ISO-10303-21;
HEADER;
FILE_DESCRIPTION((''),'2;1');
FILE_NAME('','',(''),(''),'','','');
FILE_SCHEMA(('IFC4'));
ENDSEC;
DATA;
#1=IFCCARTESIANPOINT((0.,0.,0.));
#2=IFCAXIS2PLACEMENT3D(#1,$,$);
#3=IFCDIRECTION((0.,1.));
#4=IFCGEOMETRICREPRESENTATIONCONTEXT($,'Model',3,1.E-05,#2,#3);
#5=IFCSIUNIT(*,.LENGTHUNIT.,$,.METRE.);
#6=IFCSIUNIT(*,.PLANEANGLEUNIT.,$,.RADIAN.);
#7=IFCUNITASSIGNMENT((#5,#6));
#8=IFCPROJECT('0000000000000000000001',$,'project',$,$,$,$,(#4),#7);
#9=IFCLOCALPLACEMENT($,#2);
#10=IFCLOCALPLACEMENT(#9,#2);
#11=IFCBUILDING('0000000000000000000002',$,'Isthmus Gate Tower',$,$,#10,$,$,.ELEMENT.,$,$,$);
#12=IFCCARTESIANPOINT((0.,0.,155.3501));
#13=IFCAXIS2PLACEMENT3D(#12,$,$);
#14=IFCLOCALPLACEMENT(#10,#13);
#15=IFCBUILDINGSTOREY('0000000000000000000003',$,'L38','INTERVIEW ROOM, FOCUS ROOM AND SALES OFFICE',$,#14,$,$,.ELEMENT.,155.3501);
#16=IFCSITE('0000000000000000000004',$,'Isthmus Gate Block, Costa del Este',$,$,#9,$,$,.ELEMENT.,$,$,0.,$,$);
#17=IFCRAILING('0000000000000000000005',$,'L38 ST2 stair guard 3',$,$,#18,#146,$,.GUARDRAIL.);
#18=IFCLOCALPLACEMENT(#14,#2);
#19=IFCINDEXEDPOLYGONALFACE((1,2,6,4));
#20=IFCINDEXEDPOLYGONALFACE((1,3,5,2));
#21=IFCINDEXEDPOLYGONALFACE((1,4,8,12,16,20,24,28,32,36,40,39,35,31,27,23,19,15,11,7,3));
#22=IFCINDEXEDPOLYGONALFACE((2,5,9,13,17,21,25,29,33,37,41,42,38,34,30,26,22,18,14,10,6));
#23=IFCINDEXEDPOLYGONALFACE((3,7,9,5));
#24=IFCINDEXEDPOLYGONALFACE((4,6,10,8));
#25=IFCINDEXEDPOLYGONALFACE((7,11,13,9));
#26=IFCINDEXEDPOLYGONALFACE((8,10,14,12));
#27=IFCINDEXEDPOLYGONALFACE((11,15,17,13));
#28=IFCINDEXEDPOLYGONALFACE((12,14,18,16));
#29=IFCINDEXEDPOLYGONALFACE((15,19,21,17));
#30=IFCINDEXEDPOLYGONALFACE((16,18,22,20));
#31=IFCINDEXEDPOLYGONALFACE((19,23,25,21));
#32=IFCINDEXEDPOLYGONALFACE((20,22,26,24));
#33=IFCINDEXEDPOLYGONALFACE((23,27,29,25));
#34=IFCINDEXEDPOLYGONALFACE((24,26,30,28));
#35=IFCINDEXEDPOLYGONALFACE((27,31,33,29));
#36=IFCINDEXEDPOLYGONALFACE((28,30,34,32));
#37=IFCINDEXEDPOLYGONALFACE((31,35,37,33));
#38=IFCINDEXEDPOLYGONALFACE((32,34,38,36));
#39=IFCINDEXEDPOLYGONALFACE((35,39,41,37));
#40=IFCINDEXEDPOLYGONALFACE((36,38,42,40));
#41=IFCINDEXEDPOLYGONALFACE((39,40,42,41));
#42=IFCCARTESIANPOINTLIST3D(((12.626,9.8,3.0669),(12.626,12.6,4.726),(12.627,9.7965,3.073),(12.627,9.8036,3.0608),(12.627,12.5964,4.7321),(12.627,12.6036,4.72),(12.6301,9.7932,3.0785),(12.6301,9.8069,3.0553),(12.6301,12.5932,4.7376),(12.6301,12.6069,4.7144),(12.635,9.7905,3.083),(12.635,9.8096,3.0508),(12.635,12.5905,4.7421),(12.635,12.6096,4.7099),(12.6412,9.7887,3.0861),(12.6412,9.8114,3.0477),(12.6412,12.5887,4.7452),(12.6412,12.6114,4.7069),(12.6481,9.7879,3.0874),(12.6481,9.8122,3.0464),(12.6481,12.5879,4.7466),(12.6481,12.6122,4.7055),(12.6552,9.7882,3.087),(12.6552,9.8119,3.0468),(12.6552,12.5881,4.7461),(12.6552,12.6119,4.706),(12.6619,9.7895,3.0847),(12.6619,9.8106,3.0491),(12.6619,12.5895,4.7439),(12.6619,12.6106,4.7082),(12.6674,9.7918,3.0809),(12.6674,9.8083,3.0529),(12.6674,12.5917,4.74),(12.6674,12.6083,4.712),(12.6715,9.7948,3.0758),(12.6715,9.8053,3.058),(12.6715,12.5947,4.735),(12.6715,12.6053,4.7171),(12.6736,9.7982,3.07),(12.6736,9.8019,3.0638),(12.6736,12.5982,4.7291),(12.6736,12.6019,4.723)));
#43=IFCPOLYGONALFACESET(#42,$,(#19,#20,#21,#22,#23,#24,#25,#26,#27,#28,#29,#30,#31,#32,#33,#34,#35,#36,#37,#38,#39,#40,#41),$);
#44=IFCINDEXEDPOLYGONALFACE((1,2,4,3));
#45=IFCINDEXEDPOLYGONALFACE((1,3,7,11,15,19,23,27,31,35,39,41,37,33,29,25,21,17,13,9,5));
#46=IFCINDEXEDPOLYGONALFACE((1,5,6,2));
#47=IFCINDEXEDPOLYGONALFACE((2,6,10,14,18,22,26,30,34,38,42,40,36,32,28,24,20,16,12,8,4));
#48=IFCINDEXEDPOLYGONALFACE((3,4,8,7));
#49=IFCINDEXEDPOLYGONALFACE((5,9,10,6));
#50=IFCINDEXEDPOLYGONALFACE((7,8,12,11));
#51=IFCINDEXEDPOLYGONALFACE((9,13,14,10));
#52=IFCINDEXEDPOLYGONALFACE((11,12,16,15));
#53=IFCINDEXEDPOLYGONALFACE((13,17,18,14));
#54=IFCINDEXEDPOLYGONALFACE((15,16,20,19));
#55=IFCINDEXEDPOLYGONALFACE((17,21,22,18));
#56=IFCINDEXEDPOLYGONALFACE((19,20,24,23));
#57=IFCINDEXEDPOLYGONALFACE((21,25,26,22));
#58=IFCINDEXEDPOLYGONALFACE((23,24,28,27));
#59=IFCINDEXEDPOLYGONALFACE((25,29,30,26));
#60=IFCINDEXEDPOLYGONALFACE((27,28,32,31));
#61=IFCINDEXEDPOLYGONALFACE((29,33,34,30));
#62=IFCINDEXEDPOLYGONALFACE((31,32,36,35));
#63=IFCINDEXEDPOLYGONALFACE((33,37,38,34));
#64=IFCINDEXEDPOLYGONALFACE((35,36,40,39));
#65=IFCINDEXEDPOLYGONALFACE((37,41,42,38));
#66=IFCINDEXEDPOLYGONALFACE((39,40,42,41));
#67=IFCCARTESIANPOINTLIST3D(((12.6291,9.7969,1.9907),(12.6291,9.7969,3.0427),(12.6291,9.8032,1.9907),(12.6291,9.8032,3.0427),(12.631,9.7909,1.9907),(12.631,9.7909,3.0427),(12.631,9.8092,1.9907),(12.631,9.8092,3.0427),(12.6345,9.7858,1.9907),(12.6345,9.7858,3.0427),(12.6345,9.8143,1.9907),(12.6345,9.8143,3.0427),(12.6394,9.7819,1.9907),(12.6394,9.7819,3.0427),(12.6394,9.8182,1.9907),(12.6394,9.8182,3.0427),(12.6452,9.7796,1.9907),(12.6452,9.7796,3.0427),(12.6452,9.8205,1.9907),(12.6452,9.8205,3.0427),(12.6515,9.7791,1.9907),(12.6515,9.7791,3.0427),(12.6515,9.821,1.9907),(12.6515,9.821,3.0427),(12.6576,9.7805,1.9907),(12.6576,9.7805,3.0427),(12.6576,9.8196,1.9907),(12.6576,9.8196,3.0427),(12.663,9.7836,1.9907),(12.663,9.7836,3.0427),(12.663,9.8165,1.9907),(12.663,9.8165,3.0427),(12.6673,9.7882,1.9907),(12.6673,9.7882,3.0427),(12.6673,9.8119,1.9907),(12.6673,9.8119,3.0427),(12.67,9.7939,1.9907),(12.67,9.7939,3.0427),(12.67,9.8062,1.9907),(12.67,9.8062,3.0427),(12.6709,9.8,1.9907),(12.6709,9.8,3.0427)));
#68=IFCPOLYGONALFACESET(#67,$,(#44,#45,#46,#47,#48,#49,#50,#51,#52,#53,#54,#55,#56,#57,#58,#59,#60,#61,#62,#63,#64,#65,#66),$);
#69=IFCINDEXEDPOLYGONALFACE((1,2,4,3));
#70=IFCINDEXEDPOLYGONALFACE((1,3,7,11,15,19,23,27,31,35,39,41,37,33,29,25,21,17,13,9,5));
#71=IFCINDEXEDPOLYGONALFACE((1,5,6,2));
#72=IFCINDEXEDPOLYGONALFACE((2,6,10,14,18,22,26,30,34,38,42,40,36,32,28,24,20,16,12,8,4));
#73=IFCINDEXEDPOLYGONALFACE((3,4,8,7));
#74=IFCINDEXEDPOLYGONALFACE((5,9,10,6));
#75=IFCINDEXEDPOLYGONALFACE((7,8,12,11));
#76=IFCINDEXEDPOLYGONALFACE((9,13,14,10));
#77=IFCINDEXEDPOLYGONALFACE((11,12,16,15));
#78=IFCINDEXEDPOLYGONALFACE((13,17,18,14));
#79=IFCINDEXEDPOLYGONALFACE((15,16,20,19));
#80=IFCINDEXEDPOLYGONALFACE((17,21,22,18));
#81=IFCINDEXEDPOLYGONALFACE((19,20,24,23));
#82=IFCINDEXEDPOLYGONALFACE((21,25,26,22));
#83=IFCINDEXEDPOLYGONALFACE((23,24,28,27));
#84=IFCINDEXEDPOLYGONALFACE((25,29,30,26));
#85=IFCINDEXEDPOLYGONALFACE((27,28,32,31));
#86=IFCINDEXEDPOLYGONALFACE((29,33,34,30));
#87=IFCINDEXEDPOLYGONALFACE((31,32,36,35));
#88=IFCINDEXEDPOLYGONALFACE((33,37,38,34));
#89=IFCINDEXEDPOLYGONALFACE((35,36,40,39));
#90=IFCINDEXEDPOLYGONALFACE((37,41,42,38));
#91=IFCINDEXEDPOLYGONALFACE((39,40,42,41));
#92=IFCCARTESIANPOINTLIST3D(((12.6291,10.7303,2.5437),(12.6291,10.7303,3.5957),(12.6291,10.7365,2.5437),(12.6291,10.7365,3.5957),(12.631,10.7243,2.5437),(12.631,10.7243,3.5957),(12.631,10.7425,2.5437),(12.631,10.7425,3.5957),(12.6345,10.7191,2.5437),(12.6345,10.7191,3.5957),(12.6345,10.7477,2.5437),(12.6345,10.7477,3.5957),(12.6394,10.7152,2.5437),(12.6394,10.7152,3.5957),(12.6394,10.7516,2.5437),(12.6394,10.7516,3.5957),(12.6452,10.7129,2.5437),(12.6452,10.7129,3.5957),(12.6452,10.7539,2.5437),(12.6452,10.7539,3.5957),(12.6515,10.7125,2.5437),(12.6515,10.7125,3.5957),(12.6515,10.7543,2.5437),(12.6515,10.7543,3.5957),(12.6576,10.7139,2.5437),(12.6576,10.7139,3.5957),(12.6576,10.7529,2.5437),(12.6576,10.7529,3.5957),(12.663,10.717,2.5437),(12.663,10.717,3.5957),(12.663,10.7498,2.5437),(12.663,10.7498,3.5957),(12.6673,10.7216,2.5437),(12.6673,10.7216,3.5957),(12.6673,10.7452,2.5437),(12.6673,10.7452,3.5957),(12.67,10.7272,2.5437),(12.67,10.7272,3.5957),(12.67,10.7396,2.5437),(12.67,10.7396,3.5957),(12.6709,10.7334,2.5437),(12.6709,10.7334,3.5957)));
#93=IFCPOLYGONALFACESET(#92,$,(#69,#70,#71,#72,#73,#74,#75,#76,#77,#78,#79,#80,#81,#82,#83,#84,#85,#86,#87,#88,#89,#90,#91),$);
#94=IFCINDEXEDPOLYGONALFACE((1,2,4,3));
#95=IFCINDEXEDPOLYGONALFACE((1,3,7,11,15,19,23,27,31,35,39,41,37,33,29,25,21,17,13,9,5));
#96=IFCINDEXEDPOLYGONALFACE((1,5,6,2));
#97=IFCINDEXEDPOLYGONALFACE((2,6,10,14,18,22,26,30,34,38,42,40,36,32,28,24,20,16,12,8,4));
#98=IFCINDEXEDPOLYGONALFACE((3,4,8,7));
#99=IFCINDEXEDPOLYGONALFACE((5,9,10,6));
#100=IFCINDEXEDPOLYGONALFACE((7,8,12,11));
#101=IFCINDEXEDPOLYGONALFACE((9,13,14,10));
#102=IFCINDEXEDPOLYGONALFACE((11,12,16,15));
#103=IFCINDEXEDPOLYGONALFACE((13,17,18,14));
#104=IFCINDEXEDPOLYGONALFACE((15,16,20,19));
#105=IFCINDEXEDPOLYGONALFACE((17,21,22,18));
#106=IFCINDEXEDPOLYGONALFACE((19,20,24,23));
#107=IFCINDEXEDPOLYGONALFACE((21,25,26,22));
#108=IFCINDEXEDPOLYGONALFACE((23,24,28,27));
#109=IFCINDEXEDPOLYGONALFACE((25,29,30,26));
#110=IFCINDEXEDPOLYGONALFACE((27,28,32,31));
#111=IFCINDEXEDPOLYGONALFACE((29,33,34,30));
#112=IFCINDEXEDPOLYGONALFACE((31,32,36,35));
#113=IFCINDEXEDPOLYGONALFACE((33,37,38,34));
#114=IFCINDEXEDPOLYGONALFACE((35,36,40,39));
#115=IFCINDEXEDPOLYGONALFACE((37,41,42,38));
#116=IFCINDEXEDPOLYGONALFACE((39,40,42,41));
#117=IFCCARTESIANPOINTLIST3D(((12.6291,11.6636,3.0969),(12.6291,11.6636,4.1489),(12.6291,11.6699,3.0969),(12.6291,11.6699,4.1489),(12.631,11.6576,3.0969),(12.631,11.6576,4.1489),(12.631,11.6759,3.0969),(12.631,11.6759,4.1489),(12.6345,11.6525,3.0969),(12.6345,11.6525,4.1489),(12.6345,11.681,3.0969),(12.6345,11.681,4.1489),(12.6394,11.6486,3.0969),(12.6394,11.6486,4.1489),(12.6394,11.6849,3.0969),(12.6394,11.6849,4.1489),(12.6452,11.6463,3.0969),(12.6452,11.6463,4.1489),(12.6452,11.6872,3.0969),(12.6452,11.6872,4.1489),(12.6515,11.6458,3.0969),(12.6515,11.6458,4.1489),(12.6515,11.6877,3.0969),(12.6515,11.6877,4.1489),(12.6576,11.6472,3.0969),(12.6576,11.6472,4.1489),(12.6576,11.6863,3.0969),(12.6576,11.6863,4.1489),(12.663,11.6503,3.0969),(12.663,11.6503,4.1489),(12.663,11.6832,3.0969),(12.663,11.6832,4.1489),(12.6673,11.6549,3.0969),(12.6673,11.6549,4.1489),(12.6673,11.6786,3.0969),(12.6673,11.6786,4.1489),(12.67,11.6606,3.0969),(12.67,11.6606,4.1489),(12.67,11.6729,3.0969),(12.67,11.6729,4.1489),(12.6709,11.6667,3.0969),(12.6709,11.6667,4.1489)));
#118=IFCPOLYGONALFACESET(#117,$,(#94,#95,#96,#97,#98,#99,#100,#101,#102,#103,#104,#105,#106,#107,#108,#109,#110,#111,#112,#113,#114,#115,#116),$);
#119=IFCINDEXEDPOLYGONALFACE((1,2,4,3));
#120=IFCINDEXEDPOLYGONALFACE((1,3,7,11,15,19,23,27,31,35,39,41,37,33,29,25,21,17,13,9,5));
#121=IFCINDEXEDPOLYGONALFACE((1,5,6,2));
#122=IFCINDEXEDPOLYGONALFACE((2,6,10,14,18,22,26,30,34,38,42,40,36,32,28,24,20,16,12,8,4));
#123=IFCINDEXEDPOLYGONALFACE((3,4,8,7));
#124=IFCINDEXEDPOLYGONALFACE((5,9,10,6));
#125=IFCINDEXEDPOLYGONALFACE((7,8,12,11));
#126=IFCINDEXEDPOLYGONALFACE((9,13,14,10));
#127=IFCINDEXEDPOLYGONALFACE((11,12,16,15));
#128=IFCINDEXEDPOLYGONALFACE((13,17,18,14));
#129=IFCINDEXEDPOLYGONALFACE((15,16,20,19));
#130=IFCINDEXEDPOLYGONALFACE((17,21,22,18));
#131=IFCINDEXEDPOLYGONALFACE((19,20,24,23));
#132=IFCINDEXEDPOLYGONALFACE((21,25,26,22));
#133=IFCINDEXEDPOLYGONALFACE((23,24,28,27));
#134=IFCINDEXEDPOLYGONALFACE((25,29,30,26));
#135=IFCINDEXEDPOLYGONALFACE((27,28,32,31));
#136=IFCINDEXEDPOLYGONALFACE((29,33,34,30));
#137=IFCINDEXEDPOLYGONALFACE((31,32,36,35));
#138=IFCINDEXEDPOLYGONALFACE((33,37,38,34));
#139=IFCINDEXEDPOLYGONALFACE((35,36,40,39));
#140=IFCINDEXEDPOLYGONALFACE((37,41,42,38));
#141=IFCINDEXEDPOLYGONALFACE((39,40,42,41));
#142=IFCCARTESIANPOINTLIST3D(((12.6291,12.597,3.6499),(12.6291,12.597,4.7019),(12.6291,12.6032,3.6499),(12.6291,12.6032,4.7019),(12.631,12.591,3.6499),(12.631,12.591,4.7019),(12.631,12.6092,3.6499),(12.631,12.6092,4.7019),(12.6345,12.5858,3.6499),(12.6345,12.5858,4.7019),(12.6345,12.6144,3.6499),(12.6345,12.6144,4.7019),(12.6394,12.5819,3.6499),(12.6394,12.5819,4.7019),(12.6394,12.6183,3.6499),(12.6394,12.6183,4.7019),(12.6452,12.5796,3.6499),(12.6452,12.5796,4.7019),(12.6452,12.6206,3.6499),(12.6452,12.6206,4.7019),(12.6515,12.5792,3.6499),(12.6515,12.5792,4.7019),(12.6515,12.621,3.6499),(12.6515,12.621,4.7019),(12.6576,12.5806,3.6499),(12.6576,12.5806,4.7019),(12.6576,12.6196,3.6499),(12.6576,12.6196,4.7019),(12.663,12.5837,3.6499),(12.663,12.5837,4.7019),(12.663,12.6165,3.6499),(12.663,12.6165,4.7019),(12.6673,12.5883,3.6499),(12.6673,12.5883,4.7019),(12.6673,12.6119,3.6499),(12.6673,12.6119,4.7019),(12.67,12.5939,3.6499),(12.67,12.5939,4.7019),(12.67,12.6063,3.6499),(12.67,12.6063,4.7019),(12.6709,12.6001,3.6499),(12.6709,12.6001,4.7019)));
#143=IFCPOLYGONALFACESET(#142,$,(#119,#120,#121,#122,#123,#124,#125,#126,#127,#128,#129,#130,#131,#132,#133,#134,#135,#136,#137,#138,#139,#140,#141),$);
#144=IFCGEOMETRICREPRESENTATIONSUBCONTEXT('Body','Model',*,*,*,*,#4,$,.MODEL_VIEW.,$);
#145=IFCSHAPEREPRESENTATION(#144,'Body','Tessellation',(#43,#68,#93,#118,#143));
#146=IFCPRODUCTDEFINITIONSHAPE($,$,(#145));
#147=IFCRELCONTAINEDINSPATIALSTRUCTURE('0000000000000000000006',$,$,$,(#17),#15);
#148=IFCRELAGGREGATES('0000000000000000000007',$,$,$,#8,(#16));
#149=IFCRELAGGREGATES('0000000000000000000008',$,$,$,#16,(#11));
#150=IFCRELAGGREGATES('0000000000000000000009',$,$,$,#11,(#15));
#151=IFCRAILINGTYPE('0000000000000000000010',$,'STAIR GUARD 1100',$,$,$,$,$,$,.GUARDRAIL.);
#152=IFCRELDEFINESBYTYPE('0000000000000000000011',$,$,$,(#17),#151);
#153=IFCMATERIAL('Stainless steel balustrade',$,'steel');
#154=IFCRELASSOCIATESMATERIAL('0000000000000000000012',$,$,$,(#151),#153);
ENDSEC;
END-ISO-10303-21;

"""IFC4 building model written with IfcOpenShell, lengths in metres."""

from ifc_helpers import new_model, si_unit, direction, frame, origin, origin_2d, place, context, subcontext, project, spatial, circle, extrude, material, type_object, element, save


model = new_model("IFC4")

# Units and contexts
model_context = context("Model", 3, precision=1e-05, world=origin(), true_north=direction((0.0, 1.0)))
body_context = subcontext(model_context, "Body", "Model", "MODEL_VIEW")
ifc_project = project(units=[si_unit("LENGTHUNIT", "METRE"), si_unit("PLANEANGLEUNIT", "RADIAN")], contexts=[model_context])

# Site, building, storey
site_placement = place(None, origin())
site = spatial("IfcSite", under=ifc_project, at=site_placement, Name="Isthmus Gate Block, Costa del Este", CompositionType="ELEMENT", RefElevation=0.0)
building_placement = place(site_placement, origin())
building = spatial("IfcBuilding", under=site, at=building_placement, Name="Isthmus Gate Tower", CompositionType="ELEMENT")
storey_placement = place(building_placement, frame((0.0, 0.0, 155.3501)))
storey = spatial("IfcBuildingStorey", under=building, at=storey_placement, Name="L38", Description="INTERVIEW ROOM, FOCUS ROOM AND SALES OFFICE", CompositionType="ELEMENT", Elevation=155.3501)

# Railing
ifc_material_1 = material(Name="Stainless steel balustrade", Category="steel")
railing_type_1 = type_object("IfcRailingType", Name="STAIR GUARD 1100", PredefinedType="GUARDRAIL", material=ifc_material_1)
for number, where, name in (
    (1, (12.6499, 9.8, 1.9907), "L38 ST2 stair guard 3"),
):
    element("IfcRailing", number, at=place(storey_placement, frame(where)), inside=storey, type_object=railing_type_1, Name=name, PredefinedType="GUARDRAIL", context=body_context, shape_type="SweptSolid", body=[
        extrude(circle(Radius=0.0239, at=origin_2d()), frame((0.0, 0.0, 1.0762), z_axis=(0.0, 0.860306, 0.509778), x_axis=(-1.0, 0.0, 0.0)), (0.0, 0.0, 1.0), 3.2546),
        extrude(circle(Radius=0.021, at=origin_2d()), origin(), (0.0, 0.0, 1.0), 1.052),
        extrude(circle(Radius=0.021, at=origin_2d()), frame((0.0, 0.9333, 0.553)), (0.0, 0.0, 1.0), 1.052),
        extrude(circle(Radius=0.021, at=origin_2d()), frame((0.0, 1.8667, 1.1062)), (0.0, 0.0, 1.0), 1.052),
        extrude(circle(Radius=0.021, at=origin_2d()), frame((0.0, 2.8, 1.6592)), (0.0, 0.0, 1.0), 1.052),
    ])

save(model, "model.ifc")
